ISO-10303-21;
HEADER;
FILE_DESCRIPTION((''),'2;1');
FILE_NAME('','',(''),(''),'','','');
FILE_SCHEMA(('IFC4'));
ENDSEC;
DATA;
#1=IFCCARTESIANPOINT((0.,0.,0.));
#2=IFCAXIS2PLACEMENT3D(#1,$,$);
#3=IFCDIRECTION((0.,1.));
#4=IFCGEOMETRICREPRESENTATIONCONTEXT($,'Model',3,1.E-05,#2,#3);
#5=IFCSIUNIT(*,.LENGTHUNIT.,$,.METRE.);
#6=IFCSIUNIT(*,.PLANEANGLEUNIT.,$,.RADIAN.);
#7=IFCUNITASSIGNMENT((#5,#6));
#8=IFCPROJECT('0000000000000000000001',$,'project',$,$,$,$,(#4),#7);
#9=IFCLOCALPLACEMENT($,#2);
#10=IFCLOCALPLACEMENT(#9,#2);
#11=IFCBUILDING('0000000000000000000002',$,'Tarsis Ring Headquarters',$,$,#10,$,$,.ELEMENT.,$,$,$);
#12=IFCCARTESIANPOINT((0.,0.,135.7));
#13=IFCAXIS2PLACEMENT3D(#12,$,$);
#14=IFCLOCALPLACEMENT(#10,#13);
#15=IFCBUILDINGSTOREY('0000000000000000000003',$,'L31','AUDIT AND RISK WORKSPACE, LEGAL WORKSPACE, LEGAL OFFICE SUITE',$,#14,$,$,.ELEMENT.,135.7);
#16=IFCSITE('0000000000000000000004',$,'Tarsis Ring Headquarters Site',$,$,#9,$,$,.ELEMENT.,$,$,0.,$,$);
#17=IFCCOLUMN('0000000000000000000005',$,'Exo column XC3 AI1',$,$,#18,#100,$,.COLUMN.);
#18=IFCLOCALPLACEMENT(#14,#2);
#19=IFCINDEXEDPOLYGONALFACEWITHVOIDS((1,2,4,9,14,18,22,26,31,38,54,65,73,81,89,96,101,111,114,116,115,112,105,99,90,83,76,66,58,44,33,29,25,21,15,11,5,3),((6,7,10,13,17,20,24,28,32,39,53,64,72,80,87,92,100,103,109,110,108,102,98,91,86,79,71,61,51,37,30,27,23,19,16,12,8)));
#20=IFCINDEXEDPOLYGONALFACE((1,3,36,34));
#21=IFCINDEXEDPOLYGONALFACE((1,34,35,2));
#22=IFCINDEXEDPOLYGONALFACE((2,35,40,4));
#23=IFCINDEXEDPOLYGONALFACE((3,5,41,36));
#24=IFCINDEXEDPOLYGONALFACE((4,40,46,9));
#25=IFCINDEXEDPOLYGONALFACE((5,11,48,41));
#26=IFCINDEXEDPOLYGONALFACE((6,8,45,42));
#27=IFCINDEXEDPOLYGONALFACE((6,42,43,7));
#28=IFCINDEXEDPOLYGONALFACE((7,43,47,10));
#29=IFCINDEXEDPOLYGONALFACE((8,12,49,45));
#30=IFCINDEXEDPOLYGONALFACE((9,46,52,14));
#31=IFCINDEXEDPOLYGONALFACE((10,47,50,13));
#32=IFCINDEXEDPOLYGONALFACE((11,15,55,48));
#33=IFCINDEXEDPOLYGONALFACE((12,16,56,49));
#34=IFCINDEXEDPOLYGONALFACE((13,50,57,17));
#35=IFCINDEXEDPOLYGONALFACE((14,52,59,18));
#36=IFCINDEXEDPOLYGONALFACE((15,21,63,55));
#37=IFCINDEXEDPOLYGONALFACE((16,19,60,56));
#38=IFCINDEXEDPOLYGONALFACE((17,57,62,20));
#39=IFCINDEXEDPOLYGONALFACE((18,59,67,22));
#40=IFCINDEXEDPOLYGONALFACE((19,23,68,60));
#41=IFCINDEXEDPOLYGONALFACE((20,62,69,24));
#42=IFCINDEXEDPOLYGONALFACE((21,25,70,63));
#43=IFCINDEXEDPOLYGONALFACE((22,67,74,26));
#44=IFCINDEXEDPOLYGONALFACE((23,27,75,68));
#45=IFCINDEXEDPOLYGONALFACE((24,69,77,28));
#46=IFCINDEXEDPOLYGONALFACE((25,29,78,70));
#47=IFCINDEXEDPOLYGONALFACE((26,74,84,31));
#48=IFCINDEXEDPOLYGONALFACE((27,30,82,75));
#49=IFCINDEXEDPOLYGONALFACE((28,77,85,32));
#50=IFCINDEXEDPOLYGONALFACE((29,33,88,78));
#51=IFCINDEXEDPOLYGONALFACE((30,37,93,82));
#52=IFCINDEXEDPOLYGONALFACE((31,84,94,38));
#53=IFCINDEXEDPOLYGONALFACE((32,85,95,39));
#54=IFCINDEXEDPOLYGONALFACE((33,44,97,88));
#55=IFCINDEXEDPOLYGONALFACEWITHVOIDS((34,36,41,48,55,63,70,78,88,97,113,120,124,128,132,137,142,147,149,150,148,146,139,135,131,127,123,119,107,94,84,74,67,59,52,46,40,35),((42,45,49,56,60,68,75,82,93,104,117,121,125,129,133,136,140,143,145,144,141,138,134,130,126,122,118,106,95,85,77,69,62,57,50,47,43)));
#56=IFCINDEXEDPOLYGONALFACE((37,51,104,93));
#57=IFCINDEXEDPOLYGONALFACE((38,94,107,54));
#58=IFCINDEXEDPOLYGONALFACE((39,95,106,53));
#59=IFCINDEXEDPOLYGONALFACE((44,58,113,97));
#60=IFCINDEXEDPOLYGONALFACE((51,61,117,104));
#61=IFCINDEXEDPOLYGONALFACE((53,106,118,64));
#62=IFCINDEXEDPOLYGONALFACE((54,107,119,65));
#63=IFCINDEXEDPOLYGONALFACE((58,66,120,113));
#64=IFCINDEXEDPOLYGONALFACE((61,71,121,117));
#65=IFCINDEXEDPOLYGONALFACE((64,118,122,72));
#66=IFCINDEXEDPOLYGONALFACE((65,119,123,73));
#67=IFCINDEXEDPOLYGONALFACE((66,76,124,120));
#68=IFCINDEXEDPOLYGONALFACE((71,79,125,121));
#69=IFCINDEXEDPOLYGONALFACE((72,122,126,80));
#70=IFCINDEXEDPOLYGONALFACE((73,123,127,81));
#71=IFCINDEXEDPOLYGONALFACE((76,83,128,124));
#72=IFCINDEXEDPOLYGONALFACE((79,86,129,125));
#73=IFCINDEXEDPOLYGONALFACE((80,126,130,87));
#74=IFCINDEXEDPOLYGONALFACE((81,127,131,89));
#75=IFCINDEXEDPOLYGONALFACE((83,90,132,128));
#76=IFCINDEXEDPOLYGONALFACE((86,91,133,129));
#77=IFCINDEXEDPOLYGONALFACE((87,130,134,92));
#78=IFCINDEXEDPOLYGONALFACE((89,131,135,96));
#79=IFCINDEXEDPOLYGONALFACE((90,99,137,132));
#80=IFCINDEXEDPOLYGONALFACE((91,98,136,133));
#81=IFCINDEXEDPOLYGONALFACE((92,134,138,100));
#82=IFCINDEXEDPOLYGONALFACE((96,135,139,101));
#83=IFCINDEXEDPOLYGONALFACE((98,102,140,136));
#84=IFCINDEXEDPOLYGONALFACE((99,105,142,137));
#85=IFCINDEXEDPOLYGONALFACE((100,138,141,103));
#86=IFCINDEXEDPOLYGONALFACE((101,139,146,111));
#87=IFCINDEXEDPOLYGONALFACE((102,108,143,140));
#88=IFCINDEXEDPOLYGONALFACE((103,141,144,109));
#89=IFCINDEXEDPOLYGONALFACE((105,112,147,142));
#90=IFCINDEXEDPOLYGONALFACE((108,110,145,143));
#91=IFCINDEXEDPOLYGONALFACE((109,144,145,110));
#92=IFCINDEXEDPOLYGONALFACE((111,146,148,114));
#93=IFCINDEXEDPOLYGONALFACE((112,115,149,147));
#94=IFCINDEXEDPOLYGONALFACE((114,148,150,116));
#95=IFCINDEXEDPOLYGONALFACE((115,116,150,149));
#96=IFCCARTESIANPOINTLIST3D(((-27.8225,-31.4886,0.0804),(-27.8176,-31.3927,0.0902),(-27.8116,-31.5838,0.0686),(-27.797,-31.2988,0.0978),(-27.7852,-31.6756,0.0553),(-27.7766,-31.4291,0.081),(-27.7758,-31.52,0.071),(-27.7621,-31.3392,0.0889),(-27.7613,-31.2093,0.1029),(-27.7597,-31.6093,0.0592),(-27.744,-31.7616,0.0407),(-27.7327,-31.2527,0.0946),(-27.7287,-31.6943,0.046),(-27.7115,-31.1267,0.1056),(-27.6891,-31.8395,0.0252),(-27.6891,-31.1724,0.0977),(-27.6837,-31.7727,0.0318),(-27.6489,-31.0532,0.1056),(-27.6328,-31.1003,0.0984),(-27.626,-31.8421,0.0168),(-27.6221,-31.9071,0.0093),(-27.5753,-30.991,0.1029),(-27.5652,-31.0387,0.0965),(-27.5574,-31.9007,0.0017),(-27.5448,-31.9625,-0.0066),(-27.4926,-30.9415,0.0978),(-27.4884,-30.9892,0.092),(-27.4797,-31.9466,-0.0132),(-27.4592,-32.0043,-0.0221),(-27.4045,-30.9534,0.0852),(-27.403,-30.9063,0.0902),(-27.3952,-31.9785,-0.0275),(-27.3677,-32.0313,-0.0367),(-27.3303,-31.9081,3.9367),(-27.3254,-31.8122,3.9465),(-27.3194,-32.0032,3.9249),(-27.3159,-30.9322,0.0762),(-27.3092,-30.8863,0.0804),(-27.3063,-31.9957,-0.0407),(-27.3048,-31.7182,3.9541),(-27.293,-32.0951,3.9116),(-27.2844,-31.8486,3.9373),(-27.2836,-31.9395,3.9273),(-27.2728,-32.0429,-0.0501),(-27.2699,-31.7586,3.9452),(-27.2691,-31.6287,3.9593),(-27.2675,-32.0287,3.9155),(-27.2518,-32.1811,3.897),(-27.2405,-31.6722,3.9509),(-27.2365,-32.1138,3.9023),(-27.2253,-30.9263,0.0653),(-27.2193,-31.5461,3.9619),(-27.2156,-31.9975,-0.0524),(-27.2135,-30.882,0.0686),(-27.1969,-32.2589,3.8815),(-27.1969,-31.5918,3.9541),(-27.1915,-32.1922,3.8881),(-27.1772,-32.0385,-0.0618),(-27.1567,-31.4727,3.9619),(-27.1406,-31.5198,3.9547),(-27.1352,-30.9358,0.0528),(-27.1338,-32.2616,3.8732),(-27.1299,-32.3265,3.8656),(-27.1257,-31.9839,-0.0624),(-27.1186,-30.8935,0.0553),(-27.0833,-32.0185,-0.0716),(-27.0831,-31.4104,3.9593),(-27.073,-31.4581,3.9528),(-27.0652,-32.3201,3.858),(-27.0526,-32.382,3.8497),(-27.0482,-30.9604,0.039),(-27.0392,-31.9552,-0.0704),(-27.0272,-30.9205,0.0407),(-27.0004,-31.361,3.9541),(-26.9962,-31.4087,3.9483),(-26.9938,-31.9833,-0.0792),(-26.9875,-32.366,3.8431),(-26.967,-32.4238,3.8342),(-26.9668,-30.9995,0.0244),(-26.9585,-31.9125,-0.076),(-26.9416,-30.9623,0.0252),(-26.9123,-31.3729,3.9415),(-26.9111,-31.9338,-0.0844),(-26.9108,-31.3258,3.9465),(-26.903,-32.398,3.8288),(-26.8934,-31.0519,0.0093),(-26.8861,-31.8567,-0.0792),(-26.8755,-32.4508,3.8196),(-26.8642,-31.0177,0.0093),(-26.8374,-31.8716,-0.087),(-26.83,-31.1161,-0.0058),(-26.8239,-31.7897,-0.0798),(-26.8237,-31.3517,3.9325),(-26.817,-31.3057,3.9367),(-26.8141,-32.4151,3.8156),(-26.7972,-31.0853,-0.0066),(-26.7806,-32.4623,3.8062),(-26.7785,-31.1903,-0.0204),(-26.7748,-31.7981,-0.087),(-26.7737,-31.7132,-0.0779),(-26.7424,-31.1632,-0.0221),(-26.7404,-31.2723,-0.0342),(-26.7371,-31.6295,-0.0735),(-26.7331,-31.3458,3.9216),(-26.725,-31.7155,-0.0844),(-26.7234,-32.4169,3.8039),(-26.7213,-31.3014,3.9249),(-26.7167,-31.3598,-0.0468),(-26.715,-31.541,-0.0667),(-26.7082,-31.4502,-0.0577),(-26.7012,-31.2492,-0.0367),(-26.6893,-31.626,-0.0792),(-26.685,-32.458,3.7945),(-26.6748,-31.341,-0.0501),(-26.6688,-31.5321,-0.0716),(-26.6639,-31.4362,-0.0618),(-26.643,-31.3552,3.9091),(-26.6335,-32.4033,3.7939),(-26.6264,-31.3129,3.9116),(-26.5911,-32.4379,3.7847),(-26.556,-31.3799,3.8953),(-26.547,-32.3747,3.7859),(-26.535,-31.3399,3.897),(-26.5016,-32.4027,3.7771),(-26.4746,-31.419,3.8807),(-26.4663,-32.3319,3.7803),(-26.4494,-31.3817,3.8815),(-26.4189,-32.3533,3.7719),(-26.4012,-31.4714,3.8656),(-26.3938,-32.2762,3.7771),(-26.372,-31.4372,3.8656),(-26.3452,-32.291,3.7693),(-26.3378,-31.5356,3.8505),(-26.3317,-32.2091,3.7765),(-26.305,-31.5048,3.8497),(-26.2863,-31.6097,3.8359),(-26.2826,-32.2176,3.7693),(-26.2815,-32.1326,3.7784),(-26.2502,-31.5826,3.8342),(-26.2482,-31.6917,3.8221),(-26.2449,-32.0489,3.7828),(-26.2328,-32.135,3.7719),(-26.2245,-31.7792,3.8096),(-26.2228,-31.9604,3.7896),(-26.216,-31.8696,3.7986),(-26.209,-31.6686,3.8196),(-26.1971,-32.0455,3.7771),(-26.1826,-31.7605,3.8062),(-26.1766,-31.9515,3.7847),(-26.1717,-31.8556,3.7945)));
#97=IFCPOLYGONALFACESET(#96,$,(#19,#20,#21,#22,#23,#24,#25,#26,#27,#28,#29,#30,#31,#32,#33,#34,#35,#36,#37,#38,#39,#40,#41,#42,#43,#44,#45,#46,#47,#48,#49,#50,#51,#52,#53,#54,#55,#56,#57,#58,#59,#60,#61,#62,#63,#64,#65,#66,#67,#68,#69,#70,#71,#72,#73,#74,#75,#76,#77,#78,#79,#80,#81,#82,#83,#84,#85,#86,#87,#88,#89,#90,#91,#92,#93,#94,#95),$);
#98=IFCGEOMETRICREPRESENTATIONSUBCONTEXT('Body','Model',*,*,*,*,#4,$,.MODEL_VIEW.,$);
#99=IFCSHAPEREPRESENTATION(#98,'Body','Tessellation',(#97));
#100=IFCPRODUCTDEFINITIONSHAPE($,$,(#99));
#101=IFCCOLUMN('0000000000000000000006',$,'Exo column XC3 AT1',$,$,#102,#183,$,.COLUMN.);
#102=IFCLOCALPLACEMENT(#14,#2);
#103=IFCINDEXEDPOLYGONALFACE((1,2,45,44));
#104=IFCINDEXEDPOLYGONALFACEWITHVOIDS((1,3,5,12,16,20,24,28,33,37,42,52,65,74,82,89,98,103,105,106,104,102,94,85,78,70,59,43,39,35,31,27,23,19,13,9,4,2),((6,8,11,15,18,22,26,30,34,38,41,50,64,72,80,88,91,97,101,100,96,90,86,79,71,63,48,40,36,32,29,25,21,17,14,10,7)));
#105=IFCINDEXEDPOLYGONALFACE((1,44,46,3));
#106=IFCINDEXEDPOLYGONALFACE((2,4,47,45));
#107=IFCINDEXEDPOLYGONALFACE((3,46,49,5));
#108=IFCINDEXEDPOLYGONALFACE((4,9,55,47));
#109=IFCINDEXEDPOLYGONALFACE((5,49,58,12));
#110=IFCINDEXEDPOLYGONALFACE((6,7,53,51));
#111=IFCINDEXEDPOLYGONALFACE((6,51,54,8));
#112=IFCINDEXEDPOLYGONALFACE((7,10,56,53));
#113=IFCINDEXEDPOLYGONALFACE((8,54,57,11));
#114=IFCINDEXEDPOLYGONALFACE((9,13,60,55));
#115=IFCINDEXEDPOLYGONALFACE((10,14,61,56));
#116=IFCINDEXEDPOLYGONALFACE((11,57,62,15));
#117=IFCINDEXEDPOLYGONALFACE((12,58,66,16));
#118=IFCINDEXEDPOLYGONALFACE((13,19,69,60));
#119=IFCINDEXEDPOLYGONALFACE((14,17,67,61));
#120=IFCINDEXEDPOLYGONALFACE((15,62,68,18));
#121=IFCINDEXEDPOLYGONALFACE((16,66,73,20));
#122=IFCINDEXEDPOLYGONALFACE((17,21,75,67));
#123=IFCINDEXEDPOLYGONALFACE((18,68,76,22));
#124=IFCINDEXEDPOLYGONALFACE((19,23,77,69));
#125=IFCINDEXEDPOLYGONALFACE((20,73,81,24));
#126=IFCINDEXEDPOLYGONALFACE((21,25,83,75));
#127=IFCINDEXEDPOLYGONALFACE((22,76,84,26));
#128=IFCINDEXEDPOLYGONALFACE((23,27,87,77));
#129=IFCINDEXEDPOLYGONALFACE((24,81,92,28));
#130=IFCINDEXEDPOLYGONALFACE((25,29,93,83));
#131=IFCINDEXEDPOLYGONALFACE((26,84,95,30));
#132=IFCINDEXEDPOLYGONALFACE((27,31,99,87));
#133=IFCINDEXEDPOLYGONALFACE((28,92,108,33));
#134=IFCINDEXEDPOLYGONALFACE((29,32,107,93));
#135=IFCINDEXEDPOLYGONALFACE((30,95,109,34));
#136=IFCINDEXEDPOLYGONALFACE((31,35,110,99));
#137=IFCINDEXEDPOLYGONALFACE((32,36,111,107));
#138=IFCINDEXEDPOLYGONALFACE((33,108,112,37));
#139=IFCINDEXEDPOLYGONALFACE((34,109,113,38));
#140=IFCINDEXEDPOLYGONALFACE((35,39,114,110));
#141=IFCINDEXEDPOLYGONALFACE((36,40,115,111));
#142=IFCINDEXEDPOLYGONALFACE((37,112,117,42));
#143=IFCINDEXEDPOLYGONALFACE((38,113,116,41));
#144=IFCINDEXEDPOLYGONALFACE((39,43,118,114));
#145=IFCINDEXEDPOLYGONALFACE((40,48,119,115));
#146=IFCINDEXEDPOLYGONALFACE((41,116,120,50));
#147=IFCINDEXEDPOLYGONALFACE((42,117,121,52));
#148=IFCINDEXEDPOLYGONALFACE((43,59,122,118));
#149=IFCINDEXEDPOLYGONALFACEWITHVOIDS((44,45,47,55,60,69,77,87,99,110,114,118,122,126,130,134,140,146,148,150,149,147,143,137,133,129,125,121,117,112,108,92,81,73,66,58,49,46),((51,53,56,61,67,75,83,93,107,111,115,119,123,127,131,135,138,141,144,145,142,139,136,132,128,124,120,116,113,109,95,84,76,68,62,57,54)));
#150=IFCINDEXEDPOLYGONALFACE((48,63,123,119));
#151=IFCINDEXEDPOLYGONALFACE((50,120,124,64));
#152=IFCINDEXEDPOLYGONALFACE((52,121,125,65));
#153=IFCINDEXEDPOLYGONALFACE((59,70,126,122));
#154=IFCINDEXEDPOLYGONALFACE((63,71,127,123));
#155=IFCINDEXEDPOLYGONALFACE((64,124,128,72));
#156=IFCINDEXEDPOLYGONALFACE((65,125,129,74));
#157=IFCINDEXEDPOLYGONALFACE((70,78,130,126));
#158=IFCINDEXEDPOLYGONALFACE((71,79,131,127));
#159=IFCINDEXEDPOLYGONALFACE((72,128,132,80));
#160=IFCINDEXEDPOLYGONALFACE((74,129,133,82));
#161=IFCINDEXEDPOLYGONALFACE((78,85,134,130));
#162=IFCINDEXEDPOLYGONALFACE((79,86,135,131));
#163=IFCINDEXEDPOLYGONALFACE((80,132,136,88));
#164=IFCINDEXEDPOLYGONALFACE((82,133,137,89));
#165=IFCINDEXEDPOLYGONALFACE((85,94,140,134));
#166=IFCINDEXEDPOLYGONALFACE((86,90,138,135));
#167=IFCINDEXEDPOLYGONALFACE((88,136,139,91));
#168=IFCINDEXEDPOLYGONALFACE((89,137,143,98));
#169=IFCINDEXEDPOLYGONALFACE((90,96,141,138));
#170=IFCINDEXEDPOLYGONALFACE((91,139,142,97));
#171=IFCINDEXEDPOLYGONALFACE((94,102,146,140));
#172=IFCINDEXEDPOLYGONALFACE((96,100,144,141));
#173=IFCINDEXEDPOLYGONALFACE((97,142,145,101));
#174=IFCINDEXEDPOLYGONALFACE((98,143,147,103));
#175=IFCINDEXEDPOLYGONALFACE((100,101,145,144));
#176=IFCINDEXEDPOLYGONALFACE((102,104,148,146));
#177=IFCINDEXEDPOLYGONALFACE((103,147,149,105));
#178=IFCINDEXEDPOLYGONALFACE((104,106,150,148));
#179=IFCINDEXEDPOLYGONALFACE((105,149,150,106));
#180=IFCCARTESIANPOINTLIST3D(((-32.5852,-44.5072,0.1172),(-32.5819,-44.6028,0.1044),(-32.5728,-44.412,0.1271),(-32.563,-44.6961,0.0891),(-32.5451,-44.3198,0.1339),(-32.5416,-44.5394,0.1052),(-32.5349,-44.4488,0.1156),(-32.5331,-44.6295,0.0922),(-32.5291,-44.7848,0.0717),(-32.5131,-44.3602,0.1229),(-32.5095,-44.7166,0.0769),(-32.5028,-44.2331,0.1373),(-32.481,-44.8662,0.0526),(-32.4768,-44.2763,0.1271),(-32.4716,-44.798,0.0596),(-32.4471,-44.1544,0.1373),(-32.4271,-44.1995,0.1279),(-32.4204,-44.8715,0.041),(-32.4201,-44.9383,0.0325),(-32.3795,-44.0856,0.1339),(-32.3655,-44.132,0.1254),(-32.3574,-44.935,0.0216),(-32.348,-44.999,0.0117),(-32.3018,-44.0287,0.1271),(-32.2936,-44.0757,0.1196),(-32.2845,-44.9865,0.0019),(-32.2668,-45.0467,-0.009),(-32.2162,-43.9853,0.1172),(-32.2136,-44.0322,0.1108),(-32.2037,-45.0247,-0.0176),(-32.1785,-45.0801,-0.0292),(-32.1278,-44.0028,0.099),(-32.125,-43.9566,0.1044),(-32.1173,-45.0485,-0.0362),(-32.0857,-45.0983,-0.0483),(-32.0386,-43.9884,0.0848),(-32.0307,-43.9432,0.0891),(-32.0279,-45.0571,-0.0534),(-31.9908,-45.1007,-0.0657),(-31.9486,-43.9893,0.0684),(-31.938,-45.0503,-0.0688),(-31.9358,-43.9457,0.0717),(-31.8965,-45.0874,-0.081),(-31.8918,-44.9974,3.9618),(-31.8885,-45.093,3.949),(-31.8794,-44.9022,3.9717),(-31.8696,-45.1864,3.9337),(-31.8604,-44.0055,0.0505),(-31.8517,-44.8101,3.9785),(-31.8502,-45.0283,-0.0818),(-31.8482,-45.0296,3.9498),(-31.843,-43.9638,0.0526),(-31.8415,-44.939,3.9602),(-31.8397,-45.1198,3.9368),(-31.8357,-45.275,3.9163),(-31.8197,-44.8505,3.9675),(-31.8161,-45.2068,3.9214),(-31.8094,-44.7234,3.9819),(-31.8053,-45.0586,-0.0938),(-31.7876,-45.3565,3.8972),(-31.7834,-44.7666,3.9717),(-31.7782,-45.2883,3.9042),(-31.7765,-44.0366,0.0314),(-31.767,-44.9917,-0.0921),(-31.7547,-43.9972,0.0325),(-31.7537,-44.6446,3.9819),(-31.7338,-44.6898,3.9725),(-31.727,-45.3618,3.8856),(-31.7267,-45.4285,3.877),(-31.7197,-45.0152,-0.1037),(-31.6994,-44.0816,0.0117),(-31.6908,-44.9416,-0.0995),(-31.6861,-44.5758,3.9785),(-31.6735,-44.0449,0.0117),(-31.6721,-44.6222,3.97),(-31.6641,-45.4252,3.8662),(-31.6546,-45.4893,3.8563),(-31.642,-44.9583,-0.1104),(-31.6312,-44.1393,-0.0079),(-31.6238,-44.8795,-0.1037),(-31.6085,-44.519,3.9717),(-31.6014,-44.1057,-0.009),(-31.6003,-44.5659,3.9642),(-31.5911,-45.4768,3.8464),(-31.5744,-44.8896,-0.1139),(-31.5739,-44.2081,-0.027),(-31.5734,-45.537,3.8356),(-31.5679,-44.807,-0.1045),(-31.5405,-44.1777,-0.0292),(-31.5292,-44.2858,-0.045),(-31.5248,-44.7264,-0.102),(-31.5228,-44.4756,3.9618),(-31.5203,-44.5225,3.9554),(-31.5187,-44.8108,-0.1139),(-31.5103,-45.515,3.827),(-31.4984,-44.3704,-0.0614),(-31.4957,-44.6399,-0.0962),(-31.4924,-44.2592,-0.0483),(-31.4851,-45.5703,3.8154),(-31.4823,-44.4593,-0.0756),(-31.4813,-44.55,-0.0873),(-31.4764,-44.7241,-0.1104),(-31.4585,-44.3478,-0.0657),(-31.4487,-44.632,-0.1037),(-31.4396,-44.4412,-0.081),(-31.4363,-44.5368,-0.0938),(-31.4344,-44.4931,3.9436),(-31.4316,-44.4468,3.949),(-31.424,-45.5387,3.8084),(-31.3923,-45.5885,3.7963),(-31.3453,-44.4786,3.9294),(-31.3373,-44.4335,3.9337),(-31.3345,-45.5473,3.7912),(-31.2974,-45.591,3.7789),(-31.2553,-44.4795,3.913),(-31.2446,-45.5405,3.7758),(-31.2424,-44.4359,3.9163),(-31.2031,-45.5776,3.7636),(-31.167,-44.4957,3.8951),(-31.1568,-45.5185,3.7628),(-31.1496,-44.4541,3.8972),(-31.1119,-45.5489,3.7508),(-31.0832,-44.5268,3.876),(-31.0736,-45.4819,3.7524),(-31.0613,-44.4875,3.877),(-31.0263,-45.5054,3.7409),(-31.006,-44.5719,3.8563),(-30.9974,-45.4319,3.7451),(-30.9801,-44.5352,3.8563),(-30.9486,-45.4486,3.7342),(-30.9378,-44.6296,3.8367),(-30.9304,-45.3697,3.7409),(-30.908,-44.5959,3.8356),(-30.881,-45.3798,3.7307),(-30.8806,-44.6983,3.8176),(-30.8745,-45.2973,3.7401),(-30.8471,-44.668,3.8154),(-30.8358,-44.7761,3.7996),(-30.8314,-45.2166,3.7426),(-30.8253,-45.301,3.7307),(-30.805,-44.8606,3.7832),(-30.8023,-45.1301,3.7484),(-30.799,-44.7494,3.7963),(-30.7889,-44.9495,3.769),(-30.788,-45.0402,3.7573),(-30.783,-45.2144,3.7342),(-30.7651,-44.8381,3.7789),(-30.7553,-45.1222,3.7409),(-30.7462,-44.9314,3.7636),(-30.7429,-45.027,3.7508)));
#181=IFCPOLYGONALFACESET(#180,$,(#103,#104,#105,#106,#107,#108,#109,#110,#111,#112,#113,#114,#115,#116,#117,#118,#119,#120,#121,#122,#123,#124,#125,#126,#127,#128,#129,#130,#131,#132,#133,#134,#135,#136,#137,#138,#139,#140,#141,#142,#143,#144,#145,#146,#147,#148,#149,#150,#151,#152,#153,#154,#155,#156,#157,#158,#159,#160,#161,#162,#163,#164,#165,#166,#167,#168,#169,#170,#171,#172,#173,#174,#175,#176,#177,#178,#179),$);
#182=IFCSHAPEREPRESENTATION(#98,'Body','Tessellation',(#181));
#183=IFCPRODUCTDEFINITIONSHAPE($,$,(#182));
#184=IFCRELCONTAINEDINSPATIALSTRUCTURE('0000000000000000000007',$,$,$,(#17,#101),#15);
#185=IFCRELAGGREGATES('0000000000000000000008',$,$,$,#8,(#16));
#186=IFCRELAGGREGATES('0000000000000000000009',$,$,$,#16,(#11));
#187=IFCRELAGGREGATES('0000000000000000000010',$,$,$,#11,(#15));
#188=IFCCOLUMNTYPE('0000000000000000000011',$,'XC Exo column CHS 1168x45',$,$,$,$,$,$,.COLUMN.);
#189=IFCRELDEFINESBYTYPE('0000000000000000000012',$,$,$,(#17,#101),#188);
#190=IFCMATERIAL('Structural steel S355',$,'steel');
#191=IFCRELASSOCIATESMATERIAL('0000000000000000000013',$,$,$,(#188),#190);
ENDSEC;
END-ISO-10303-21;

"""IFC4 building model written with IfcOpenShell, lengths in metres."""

from ifc_helpers import new_model, si_unit, direction, frame, origin, origin_2d, place, context, subcontext, project, spatial, hollow_circle, extrude, material, material_profile, profile_set, type_object, element, save


model = new_model("IFC4")

# Units and contexts
model_context = context("Model", 3, precision=1e-05, world=origin(), true_north=direction((0.0, 1.0)))
body_context = subcontext(model_context, "Body", "Model", "MODEL_VIEW")
ifc_project = project(units=[si_unit("LENGTHUNIT", "METRE"), si_unit("PLANEANGLEUNIT", "RADIAN")], contexts=[model_context])

# Site, building, storey
site_placement = place(None, origin())
site = spatial("IfcSite", under=ifc_project, at=site_placement, Name="Tarsis Ring Headquarters Site", CompositionType="ELEMENT", RefElevation=0.0)
building_placement = place(site_placement, origin())
building = spatial("IfcBuilding", under=site, at=building_placement, Name="Tarsis Ring Headquarters", CompositionType="ELEMENT")
storey_placement = place(building_placement, frame((0.0, 0.0, 135.7)))
storey = spatial("IfcBuildingStorey", under=building, at=storey_placement, Name="L31", Description="AUDIT AND RISK WORKSPACE, LEGAL WORKSPACE, LEGAL OFFICE SUITE", CompositionType="ELEMENT", Elevation=135.7)

# Columns
ifc_material_1 = material(Name="Structural steel S355", Category="steel")
ifc_material_profile_1 = material_profile(ifc_material_1, hollow_circle(Radius=0.5842, WallThickness=0.0449, at=origin_2d()), Name="CHS 1168x45")
ifc_profile_set_1 = profile_set([ifc_material_profile_1], Name="Structural steel S355")
column_type = type_object("IfcColumnType", Name="XC Exo column CHS 1168x45", PredefinedType="COLUMN", material=ifc_profile_set_1)
column_1_placement = place(storey_placement, frame((-27.2432, -31.4624, 0.0093), z_axis=(0.125878, -0.107271, 0.986229), x_axis=(0.648612, 0.761119, 0.0)))
element("IfcColumn", 1, at=column_1_placement, inside=storey, type_object=column_type, Name="Exo column XC3 AI1", PredefinedType="COLUMN", context=body_context, shape_type="SweptSolid", body=[
    extrude(hollow_circle(Radius=0.5842, WallThickness=0.0449, at=origin_2d()), origin(), (0.0, 0.0, 1.0), 3.9102),
])
column_2_placement = place(storey_placement, frame((-32.0107, -44.522, 0.0117), z_axis=(0.176107, -0.124515, 0.976464), x_axis=(0.577315, 0.816521, 0.0)))
element("IfcColumn", 2, at=column_2_placement, inside=storey, type_object=column_type, Name="Exo column XC3 AT1", PredefinedType="COLUMN", context=body_context, shape_type="SweptSolid", body=[
    extrude(hollow_circle(Radius=0.5842, WallThickness=0.0449, at=origin_2d()), origin(), (0.0, 0.0, 1.0), 3.9373),
])

save(model, "model.ifc")
